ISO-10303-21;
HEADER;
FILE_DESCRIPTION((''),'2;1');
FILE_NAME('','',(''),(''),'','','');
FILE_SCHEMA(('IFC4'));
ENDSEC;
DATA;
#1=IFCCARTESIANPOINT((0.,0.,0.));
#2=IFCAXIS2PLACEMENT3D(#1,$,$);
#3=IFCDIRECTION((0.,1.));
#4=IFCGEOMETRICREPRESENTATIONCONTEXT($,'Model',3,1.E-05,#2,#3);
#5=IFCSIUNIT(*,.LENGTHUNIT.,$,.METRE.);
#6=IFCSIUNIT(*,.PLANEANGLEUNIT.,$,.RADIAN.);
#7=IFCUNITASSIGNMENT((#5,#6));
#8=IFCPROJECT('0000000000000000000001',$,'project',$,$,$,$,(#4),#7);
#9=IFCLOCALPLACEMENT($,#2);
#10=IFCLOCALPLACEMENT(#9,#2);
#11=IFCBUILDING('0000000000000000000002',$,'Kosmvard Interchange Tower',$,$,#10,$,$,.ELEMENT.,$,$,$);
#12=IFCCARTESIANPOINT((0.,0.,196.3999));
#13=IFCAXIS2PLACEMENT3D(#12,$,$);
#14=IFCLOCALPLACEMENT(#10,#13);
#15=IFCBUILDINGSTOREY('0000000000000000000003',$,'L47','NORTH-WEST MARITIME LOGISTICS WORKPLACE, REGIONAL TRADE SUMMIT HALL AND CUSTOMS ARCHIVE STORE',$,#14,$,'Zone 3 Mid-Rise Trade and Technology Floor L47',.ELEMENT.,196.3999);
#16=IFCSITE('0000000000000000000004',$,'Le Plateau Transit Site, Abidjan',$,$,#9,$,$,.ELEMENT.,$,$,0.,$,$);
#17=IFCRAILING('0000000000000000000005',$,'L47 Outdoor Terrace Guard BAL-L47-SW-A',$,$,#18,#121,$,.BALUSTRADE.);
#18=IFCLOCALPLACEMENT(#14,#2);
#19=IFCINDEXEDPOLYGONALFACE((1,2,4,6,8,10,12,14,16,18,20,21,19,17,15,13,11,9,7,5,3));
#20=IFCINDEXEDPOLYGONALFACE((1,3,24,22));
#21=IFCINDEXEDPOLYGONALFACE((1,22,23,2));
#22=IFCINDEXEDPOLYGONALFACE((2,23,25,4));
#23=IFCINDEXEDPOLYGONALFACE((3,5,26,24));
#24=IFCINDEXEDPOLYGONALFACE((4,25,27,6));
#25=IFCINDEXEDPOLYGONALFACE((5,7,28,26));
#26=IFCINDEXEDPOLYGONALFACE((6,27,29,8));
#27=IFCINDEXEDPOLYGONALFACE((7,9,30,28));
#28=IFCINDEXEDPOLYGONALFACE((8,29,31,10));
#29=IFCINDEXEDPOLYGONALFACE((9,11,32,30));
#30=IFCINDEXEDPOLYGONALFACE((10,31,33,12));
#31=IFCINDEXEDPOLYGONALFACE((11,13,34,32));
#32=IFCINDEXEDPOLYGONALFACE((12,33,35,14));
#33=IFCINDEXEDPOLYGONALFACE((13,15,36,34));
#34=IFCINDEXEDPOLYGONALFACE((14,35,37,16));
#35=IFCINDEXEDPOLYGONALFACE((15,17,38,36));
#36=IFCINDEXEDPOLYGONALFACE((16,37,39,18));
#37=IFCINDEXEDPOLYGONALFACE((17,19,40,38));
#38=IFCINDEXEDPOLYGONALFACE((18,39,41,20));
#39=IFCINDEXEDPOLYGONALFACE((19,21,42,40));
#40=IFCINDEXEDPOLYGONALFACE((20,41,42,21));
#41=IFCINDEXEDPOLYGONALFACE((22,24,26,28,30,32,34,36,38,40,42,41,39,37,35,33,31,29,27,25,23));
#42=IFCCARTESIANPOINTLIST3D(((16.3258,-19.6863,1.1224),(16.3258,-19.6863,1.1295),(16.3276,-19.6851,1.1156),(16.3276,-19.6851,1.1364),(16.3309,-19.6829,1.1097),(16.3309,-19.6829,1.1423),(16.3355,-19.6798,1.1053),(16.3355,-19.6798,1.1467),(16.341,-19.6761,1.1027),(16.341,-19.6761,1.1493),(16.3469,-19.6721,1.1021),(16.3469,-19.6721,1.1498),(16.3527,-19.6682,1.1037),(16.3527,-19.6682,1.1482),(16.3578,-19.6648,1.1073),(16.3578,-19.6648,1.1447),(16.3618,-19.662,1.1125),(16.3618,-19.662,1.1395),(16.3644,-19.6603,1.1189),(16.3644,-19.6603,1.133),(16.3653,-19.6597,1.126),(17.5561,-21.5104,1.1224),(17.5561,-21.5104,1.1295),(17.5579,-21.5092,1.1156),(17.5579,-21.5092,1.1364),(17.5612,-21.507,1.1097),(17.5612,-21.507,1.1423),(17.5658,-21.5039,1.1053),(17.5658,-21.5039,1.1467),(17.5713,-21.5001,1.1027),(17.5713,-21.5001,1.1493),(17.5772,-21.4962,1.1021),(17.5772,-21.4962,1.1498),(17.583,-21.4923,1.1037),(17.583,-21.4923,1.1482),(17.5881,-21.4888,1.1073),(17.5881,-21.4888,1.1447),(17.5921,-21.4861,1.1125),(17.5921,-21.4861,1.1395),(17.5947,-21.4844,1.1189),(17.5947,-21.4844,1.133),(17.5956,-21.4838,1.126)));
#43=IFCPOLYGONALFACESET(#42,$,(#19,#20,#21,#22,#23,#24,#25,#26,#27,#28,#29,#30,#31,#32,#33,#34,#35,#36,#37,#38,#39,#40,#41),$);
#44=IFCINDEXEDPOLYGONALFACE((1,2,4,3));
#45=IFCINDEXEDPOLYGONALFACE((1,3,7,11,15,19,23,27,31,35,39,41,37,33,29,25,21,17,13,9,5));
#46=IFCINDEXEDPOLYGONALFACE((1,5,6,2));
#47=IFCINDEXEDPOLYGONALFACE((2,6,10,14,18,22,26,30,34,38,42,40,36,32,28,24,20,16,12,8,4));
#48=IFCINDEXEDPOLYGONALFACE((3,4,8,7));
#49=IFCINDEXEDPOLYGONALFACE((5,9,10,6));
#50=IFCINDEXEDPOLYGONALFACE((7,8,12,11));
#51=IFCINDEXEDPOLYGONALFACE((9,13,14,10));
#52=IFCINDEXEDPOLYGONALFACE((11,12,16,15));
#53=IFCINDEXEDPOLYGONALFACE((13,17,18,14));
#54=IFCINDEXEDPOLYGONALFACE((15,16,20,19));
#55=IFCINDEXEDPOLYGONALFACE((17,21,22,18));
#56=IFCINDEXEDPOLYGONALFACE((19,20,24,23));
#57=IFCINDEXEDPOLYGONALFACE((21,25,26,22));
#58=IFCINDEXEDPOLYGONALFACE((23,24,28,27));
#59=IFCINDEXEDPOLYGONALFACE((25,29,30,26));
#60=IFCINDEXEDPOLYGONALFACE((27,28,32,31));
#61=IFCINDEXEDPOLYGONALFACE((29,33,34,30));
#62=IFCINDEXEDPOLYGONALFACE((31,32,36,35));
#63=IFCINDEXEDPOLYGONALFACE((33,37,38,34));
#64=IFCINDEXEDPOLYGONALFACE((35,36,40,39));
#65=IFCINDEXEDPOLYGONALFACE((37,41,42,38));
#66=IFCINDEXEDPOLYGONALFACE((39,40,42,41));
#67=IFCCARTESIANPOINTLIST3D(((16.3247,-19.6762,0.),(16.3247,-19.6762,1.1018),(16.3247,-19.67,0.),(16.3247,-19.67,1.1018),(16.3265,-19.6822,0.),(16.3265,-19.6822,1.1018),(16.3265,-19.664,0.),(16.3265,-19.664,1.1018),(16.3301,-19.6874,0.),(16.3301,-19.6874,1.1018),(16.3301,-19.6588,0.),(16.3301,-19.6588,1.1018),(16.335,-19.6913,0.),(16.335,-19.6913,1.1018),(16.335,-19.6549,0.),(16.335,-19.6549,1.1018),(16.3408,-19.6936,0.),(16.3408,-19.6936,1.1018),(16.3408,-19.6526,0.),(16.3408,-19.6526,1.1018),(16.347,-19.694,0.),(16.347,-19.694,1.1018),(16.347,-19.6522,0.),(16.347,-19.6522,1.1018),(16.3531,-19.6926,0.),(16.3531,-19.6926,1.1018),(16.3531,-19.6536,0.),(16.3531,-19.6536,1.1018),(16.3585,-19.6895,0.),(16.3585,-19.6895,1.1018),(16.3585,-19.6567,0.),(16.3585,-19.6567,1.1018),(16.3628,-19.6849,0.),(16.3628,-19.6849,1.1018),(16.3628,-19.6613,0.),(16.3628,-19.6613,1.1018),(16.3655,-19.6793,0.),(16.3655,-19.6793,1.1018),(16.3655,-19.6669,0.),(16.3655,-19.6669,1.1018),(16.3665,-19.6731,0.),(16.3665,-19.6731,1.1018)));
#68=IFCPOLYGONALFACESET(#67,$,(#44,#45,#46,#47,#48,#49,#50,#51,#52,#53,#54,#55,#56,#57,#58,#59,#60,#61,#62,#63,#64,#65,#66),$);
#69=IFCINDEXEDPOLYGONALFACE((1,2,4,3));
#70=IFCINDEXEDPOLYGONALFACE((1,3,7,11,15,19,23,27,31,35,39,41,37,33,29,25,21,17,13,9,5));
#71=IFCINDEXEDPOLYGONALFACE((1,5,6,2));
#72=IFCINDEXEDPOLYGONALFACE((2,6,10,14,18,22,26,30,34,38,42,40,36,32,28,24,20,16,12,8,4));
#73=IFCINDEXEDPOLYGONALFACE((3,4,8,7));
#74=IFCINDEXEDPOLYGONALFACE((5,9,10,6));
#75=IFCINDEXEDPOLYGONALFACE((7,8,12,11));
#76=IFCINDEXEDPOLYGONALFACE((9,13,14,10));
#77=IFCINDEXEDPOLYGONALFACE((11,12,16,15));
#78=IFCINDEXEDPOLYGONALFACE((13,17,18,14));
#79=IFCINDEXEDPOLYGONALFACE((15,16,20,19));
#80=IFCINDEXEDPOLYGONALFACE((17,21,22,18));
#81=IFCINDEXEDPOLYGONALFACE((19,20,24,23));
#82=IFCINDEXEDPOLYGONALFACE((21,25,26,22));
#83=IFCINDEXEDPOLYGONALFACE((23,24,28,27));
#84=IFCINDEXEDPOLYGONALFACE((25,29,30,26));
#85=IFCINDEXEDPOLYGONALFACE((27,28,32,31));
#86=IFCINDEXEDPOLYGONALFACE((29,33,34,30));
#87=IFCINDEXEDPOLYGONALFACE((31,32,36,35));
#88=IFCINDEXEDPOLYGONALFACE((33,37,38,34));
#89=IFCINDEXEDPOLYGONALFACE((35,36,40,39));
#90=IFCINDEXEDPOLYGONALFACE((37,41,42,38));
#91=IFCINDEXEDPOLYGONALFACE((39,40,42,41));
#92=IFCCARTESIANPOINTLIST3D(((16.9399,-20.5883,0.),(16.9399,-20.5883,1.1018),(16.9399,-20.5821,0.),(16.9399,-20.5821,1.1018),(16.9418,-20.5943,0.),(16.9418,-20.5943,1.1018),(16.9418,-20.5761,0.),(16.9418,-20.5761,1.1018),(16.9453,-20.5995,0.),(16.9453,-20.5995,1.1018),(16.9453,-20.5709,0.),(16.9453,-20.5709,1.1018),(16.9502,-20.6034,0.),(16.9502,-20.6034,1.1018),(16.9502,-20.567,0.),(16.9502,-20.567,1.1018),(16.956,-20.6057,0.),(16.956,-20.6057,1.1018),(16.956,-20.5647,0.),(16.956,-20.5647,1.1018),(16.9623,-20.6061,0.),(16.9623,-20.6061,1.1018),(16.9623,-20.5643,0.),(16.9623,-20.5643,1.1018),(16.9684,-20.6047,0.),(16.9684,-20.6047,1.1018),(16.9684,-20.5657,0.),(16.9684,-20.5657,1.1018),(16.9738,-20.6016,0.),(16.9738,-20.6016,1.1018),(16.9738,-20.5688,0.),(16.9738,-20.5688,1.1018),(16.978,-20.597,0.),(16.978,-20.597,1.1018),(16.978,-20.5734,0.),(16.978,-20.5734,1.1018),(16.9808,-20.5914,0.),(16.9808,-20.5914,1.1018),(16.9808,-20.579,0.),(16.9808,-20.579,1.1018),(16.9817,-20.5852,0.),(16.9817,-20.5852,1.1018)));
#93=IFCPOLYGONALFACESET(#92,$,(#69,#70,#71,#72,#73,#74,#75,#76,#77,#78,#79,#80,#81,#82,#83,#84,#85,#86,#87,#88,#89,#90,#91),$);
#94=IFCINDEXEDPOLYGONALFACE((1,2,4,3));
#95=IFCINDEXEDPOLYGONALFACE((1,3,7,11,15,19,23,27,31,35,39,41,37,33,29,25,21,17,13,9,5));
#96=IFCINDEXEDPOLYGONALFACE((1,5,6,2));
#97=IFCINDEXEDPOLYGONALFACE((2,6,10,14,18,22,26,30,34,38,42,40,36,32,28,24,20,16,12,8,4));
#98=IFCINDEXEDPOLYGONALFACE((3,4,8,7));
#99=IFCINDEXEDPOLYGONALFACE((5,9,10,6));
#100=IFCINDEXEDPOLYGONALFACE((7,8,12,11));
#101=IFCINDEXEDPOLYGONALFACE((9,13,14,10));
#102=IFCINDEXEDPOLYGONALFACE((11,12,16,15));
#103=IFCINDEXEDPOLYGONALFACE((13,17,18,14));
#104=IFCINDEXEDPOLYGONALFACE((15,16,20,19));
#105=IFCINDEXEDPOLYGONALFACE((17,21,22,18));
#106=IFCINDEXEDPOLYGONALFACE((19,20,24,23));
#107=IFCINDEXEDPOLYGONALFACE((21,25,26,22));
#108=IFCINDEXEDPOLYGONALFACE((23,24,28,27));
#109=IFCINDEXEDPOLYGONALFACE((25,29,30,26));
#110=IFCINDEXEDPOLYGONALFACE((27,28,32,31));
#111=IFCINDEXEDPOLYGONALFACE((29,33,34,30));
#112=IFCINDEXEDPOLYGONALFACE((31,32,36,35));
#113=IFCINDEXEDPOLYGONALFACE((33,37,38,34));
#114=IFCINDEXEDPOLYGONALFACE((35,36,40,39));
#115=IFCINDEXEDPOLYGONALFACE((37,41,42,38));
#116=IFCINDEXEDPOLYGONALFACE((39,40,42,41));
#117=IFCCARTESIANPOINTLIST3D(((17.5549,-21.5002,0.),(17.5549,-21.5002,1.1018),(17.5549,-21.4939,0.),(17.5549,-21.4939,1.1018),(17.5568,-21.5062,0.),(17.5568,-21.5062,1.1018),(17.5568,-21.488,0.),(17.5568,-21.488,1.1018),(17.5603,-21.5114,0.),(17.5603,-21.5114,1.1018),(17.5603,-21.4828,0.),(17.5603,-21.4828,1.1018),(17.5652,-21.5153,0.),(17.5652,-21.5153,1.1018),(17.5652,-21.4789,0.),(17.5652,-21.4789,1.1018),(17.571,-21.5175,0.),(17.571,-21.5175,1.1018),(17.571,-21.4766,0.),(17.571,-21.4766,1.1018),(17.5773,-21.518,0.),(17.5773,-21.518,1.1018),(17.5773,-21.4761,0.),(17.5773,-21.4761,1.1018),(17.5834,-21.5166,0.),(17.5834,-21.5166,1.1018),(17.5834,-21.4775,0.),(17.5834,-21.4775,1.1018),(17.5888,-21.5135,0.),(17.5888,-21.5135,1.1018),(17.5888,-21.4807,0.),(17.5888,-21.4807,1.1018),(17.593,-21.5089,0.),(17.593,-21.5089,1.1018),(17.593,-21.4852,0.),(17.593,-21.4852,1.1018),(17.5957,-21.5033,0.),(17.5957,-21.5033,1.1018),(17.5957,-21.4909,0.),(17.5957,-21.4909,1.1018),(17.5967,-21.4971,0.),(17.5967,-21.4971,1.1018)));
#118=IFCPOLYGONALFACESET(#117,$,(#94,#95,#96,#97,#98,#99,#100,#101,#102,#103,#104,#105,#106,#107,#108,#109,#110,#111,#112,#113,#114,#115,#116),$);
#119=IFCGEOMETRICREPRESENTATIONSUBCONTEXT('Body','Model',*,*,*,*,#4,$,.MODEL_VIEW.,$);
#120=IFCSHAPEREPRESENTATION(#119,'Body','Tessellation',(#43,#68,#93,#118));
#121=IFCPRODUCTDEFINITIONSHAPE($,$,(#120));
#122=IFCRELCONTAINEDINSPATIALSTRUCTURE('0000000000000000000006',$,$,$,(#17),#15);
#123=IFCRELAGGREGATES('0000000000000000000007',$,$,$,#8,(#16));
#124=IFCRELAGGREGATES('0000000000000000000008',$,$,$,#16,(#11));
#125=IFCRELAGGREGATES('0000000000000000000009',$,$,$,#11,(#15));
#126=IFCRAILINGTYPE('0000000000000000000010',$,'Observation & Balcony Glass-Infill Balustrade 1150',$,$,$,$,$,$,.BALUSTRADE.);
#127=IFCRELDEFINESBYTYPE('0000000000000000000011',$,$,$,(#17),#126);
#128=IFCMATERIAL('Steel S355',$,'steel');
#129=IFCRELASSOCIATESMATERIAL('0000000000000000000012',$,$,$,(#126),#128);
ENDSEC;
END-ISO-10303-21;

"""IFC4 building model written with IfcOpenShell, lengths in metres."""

from ifc_helpers import new_model, si_unit, direction, frame, origin, origin_2d, place, context, subcontext, project, spatial, circle, extrude, source, transform, mapped, material, type_object, element, save


model = new_model("IFC4")

# Units and contexts
model_context = context("Model", 3, precision=1e-05, world=origin(), true_north=direction((0.0, 1.0)))
body_context = subcontext(model_context, "Body", "Model", "MODEL_VIEW")
ifc_project = project(units=[si_unit("LENGTHUNIT", "METRE"), si_unit("PLANEANGLEUNIT", "RADIAN")], contexts=[model_context])

# Site, building, storey
site_placement = place(None, origin())
site = spatial("IfcSite", under=ifc_project, at=site_placement, Name="Le Plateau Transit Site, Abidjan", CompositionType="ELEMENT", RefElevation=0.0)
building_placement = place(site_placement, origin())
building = spatial("IfcBuilding", under=site, at=building_placement, Name="Kosmvard Interchange Tower", CompositionType="ELEMENT")
storey_placement = place(building_placement, frame((0.0, 0.0, 196.3999)))
storey = spatial("IfcBuildingStorey", under=building, at=storey_placement, Name="L47", Description="NORTH-WEST MARITIME LOGISTICS WORKPLACE, REGIONAL TRADE SUMMIT HALL AND CUSTOMS ARCHIVE STORE", LongName="Zone 3 Mid-Rise Trade and Technology Floor L47", CompositionType="ELEMENT", Elevation=196.3999)

# Shared definitions
ifc_material_1 = material(Name="Steel S355", Category="steel")

# Railing
railing_type = type_object("IfcRailingType", Name="Observation & Balcony Glass-Infill Balustrade 1150", PredefinedType="BALUSTRADE", material=ifc_material_1)
shared_shape_1 = source(origin(), body_context, "Body", "SweptSolid", [
    extrude(circle(Radius=0.0239, at=origin_2d()), frame((0.0, 0.0, 1.126), z_axis=(0.559174, -0.829051, 0.0), x_axis=(0.829051, 0.559174, 0.0)), (0.0, 0.0, 1.0), 2.2002),
    extrude(circle(Radius=0.021, at=origin_2d()), origin(), (0.0, 0.0, 1.0), 1.1018),
    extrude(circle(Radius=0.021, at=origin_2d()), frame((0.6152, -0.9121, 0.0)), (0.0, 0.0, 1.0), 1.1018),
    extrude(circle(Radius=0.021, at=origin_2d()), frame((1.2302, -1.824, 0.0)), (0.0, 0.0, 1.0), 1.1018),
])
railing_1_placement = place(storey_placement, frame((16.3455, -19.6731, 0.0)))
element("IfcRailing", 1, at=railing_1_placement, inside=storey, type_object=railing_type, Name="L47 Outdoor Terrace Guard BAL-L47-SW-A", PredefinedType="BALUSTRADE", context=body_context, shape_type="MappedRepresentation", body=[
    mapped(shared_shape_1, transform((0.0, 0.0, 0.0), scale=1.0)),
])

save(model, "model.ifc")
